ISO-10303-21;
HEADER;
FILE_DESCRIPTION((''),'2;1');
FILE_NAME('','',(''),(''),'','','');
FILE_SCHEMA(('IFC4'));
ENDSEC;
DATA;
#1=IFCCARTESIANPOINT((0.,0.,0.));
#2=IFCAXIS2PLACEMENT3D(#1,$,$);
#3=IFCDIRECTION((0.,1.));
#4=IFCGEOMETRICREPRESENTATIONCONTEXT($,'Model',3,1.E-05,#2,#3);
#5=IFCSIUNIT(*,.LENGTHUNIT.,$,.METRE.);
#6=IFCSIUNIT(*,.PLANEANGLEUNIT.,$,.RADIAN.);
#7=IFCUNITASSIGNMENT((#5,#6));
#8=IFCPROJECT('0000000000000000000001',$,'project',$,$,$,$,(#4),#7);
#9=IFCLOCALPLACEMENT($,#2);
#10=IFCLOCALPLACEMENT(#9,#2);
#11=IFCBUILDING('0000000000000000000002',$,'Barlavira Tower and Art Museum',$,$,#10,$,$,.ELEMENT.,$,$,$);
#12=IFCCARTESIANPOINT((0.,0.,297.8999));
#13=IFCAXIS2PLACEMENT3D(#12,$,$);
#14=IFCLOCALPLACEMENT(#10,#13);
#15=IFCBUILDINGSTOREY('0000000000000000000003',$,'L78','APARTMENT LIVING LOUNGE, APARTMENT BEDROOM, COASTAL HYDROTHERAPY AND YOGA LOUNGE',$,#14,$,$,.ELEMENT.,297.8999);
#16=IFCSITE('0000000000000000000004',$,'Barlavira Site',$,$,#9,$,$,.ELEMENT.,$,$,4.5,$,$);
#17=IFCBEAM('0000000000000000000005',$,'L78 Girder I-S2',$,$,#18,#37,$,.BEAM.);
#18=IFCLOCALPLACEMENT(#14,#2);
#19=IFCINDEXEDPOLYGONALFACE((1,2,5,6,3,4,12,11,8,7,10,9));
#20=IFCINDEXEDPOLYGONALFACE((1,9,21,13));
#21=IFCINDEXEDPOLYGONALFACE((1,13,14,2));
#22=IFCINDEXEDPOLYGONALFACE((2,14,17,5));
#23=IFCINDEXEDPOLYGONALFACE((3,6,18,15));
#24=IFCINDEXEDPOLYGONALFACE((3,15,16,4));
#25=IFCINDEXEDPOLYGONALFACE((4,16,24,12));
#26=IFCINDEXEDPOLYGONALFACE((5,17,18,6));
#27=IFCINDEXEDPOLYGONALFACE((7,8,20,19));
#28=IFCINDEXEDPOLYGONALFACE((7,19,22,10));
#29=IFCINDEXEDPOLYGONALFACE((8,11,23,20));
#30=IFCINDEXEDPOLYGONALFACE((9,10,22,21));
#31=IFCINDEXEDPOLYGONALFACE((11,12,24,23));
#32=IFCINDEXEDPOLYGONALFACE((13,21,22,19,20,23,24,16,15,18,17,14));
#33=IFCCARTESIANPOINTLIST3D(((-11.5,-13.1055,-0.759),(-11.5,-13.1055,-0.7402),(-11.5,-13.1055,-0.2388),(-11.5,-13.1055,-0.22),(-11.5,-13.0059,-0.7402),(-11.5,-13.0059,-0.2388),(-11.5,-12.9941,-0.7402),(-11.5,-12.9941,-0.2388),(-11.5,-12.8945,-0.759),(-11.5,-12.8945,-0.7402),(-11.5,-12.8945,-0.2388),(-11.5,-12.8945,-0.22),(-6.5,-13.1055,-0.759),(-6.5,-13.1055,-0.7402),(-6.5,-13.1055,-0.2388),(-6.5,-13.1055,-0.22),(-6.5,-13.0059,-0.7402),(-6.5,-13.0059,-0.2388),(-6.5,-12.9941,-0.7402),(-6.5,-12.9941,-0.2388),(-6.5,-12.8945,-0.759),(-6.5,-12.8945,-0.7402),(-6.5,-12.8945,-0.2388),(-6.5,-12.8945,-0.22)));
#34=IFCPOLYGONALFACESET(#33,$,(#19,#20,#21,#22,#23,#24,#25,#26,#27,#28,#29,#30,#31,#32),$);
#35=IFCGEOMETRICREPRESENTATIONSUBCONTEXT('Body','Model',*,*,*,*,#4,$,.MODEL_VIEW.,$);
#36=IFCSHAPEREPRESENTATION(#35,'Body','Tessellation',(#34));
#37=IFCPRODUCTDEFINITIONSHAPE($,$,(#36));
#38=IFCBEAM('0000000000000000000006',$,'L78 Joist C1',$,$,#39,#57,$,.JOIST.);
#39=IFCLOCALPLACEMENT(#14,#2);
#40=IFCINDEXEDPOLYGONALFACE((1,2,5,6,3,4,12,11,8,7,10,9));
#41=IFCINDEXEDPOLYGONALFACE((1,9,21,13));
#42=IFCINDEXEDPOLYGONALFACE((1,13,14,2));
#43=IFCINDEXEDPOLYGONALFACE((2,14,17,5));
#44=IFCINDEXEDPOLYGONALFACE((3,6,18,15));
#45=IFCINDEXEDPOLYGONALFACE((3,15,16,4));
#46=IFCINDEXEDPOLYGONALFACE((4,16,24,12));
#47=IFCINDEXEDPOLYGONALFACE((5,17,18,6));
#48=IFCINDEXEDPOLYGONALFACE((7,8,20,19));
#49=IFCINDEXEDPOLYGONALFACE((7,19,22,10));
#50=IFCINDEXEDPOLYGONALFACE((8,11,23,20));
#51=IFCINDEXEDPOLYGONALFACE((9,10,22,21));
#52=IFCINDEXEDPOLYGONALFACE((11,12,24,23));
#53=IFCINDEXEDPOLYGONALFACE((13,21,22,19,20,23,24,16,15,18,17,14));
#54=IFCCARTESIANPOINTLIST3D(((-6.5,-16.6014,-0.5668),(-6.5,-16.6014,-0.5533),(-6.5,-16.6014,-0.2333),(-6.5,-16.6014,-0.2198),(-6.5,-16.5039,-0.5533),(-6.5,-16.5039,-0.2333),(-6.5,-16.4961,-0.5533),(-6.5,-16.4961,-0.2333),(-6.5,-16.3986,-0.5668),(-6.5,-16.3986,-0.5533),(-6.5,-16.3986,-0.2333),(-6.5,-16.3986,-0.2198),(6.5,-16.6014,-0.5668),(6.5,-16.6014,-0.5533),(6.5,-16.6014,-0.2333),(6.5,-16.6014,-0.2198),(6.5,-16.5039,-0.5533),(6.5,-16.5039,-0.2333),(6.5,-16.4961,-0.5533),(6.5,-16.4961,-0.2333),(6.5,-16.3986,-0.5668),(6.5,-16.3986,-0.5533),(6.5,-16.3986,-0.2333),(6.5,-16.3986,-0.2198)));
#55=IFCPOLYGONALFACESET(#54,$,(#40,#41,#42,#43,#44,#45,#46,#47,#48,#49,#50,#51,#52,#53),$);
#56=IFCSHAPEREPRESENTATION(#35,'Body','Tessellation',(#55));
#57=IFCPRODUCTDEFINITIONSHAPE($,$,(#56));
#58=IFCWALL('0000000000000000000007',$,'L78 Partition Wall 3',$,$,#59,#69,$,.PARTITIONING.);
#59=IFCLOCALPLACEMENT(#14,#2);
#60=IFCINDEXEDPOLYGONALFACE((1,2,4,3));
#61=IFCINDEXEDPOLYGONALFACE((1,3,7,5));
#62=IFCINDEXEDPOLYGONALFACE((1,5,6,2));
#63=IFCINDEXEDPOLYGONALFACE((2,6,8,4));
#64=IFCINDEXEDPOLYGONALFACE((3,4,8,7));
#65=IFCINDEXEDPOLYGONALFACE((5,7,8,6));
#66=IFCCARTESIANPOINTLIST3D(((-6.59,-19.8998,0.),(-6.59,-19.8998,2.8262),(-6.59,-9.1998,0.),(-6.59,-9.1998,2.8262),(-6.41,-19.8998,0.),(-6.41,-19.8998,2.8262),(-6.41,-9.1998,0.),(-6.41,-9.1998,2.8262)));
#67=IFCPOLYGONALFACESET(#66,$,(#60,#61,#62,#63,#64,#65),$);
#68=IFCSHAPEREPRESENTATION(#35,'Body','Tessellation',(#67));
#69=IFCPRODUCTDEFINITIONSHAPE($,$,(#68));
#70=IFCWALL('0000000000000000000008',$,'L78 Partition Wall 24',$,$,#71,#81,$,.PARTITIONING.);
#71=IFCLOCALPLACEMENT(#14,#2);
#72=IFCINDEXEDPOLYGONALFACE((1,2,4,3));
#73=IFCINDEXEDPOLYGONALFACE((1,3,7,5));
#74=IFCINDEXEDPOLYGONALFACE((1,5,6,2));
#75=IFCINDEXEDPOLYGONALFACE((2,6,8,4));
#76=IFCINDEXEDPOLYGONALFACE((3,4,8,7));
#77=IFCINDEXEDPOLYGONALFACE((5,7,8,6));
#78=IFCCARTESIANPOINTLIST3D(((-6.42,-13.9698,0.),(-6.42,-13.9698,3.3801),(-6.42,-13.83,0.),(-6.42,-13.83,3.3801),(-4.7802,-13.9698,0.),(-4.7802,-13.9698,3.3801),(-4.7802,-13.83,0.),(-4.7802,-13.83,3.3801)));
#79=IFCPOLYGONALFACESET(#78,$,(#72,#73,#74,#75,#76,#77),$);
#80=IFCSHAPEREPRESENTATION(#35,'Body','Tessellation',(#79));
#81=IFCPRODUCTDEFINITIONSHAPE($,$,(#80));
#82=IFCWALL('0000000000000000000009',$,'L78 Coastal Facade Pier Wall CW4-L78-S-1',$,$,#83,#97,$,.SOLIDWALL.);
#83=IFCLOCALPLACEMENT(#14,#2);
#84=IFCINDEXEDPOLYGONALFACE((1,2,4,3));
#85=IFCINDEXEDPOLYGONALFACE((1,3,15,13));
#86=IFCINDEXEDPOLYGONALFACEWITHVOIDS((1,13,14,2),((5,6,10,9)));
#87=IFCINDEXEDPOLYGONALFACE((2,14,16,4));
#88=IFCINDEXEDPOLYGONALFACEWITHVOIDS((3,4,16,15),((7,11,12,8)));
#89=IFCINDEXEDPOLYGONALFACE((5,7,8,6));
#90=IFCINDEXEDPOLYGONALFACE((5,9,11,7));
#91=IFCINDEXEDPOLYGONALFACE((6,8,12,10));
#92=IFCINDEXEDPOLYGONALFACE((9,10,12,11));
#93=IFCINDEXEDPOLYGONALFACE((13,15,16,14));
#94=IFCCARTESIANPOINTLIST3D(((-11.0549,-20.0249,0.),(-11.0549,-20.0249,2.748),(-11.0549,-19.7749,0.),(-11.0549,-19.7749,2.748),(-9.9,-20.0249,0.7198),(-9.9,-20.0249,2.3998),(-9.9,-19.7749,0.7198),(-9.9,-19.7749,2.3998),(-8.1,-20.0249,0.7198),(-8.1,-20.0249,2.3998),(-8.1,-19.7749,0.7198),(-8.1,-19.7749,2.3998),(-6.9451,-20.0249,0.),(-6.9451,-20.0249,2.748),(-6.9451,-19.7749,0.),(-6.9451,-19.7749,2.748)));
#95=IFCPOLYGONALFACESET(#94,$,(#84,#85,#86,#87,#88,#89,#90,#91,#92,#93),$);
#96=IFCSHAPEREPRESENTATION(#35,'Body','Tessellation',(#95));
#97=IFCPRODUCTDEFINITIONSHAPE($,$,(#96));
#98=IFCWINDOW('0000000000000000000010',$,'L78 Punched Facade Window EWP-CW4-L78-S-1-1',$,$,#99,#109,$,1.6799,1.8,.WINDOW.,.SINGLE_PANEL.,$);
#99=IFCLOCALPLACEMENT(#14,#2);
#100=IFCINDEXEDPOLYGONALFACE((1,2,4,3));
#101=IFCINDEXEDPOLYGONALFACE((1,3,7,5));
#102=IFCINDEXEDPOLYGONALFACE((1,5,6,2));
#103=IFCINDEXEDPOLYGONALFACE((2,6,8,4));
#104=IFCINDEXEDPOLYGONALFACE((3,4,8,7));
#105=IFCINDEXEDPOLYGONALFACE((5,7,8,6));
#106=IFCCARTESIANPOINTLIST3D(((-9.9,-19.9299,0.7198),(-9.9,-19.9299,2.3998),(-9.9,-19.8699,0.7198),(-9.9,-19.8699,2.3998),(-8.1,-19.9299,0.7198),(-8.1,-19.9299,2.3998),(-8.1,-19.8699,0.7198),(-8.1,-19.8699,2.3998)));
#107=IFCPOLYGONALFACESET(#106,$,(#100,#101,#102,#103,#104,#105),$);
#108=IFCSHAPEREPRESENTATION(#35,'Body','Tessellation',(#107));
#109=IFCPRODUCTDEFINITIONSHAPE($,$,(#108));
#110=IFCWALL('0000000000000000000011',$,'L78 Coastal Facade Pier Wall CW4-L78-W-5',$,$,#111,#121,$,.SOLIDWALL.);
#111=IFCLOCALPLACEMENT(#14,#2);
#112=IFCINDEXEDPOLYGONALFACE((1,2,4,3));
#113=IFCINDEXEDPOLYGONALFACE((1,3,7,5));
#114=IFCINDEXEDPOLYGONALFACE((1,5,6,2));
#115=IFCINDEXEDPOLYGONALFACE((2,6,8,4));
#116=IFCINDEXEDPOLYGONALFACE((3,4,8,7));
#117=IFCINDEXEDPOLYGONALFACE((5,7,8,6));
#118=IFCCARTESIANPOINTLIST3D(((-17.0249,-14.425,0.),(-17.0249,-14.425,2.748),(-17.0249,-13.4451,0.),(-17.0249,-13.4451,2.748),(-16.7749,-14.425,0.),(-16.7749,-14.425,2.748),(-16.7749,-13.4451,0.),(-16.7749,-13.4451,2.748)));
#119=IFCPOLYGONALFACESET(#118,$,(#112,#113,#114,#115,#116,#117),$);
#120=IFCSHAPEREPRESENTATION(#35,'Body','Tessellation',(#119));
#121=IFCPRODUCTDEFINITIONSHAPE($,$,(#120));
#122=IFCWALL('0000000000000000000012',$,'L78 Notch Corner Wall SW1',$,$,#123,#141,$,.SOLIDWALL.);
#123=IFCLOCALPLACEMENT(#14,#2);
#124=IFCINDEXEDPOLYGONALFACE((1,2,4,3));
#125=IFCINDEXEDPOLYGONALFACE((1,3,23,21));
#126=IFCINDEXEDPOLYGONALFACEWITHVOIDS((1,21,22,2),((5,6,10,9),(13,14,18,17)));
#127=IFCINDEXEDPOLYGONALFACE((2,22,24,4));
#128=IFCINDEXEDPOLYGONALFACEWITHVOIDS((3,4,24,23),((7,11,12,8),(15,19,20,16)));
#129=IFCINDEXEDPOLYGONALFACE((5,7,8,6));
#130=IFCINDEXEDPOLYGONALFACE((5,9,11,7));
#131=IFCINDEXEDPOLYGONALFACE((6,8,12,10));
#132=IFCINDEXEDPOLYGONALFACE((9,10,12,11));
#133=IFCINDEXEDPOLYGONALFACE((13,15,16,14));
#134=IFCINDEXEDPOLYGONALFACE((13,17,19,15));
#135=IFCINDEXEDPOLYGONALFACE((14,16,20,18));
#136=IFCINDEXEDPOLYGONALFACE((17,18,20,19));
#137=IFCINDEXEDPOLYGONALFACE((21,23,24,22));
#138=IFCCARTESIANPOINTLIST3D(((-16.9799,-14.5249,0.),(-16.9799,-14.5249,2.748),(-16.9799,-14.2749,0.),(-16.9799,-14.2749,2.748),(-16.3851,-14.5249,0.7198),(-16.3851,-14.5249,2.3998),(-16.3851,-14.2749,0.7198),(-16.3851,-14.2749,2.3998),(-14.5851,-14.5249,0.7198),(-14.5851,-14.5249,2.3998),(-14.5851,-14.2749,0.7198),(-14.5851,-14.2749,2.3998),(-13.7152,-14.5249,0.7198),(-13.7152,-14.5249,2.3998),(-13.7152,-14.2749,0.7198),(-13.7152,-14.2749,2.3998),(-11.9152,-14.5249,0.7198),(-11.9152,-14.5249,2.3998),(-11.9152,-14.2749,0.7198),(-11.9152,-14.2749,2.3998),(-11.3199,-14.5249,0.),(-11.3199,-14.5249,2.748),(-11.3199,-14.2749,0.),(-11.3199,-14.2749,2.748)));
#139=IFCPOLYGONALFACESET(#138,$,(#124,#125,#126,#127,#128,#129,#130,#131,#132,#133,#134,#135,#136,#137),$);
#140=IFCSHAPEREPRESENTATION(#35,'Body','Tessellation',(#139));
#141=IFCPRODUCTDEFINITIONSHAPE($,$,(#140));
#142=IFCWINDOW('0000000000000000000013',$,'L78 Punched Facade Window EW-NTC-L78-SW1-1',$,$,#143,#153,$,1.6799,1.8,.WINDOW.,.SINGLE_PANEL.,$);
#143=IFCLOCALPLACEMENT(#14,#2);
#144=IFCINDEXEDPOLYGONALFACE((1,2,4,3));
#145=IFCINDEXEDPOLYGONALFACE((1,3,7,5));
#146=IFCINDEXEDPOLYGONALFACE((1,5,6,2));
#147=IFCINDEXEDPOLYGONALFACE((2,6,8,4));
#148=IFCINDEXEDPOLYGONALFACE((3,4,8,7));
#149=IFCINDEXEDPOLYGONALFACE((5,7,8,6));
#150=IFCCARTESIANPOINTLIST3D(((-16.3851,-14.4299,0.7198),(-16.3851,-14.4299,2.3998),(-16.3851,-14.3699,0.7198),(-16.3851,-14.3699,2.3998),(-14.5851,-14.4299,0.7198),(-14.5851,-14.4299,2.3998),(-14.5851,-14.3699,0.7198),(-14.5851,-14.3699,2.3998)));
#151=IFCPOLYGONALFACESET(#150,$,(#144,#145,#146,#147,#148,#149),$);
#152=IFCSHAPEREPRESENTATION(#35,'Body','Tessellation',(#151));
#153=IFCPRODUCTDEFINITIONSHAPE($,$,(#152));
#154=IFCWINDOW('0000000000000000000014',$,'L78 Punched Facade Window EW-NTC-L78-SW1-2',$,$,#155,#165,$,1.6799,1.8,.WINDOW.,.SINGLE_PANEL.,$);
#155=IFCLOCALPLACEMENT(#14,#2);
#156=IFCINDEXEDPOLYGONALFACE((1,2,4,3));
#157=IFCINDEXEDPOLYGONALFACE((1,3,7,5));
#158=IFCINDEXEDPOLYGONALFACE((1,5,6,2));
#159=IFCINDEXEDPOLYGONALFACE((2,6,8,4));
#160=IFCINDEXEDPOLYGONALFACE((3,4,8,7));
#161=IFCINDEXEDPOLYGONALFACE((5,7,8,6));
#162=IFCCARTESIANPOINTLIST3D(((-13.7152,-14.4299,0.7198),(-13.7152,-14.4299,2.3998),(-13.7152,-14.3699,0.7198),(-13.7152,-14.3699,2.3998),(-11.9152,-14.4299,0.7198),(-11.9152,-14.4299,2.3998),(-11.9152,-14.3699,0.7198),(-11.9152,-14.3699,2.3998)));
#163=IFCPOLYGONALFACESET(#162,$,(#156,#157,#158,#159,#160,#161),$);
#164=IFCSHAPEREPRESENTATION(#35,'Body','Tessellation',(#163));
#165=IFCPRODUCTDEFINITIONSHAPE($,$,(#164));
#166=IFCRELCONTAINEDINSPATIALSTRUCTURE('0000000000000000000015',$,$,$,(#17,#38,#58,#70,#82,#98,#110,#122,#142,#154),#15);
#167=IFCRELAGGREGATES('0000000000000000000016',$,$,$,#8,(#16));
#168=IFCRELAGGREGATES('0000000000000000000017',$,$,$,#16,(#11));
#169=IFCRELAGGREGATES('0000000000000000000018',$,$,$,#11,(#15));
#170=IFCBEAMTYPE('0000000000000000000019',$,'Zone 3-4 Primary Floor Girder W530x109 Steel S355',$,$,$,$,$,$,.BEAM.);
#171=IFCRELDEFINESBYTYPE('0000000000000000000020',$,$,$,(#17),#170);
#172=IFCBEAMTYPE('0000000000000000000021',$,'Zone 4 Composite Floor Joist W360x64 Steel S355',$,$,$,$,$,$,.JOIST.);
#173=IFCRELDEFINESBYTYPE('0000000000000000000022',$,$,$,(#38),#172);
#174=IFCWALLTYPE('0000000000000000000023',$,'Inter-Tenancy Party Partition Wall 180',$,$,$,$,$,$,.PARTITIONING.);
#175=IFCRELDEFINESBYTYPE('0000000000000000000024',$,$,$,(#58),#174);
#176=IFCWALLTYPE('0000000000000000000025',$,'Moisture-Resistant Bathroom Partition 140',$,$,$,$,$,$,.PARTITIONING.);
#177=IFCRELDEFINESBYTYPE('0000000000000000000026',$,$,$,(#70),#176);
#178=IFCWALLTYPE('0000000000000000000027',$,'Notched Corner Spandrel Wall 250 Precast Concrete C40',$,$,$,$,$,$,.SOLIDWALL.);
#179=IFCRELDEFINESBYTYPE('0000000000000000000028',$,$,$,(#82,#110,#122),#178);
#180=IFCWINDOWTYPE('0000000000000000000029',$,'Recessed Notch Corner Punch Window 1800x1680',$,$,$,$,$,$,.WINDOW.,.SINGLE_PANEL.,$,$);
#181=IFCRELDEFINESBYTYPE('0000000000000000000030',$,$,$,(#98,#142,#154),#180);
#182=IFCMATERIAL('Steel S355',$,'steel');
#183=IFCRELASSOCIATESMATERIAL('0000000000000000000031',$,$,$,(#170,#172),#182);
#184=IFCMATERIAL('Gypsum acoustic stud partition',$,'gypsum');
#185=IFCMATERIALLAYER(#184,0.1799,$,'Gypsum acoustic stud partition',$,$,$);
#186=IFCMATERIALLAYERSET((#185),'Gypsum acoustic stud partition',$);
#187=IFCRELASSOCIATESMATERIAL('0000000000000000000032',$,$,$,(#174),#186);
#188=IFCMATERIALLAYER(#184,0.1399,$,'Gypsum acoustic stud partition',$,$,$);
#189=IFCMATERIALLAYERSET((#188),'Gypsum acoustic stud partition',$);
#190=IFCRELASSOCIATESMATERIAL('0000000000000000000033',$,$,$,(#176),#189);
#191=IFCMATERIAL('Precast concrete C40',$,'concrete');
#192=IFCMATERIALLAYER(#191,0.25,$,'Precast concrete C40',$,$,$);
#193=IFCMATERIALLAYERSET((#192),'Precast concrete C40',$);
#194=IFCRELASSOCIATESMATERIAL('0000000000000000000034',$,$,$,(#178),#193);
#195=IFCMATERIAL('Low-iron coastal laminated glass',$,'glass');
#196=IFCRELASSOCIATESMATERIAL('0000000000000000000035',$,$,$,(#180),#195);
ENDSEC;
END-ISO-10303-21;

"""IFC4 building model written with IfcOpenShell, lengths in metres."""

from ifc_helpers import new_model, si_unit, direction, frame, frame_2d, origin, origin_2d, place, context, subcontext, project, spatial, rectangle, i_section, extrude, material, layer, layer_set, material_profile, profile_set, type_object, element, fill, save


model = new_model("IFC4")

# Units and contexts
model_context = context("Model", 3, precision=1e-05, world=origin(), true_north=direction((0.0, 1.0)))
body_context = subcontext(model_context, "Body", "Model", "MODEL_VIEW")
ifc_project = project(units=[si_unit("LENGTHUNIT", "METRE"), si_unit("PLANEANGLEUNIT", "RADIAN")], contexts=[model_context])

# Site, building, storey
site_placement = place(None, origin())
site = spatial("IfcSite", under=ifc_project, at=site_placement, Name="Barlavira Site", CompositionType="ELEMENT", RefElevation=4.5)
building_placement = place(site_placement, origin())
building = spatial("IfcBuilding", under=site, at=building_placement, Name="Barlavira Tower and Art Museum", CompositionType="ELEMENT")
storey_placement = place(building_placement, frame((0.0, 0.0, 297.8999)))
storey = spatial("IfcBuildingStorey", under=building, at=storey_placement, Name="L78", Description="APARTMENT LIVING LOUNGE, APARTMENT BEDROOM, COASTAL HYDROTHERAPY AND YOGA LOUNGE", CompositionType="ELEMENT", Elevation=297.8999)

# Beams
ifc_material_1 = material(Name="Steel S355", Category="steel")
ifc_material_profile_1 = material_profile(ifc_material_1, i_section(OverallWidth=0.2109, OverallDepth=0.5391, WebThickness=0.0117, FlangeThickness=0.0188, at=origin_2d()), Name="W530x109.0")
ifc_profile_set_1 = profile_set([ifc_material_profile_1], Name="Steel S355")
beam_type_1 = type_object("IfcBeamType", Name="Zone 3-4 Primary Floor Girder W530x109 Steel S355", PredefinedType="BEAM", material=ifc_profile_set_1)
beam_1_placement = place(storey_placement, frame((-11.5, -13.0, -0.4895), z_axis=(1.0, 0.0, 0.0), x_axis=(0.0, 1.0, 0.0)))
element("IfcBeam", 1, at=beam_1_placement, inside=storey, type_object=beam_type_1, Name="L78 Girder I-S2", PredefinedType="BEAM", context=body_context, shape_type="SweptSolid", body=[
    extrude(i_section(OverallWidth=0.2109, OverallDepth=0.5391, WebThickness=0.0117, FlangeThickness=0.0188, at=origin_2d()), origin(), (0.0, 0.0, 1.0), 5.0),
])
ifc_material_profile_2 = material_profile(ifc_material_1, i_section(OverallWidth=0.2029, OverallDepth=0.3469, WebThickness=0.0078, FlangeThickness=0.0134, at=origin_2d()), Name="W360x64.0")
ifc_profile_set_2 = profile_set([ifc_material_profile_2], Name="Steel S355")
beam_type_2 = type_object("IfcBeamType", Name="Zone 4 Composite Floor Joist W360x64 Steel S355", PredefinedType="JOIST", material=ifc_profile_set_2)
beam_2_placement = place(storey_placement, frame((-6.5, -16.5, -0.3933), z_axis=(1.0, 0.0, 0.0), x_axis=(0.0, 1.0, 0.0)))
element("IfcBeam", 2, at=beam_2_placement, inside=storey, type_object=beam_type_2, Name="L78 Joist C1", PredefinedType="JOIST", context=body_context, shape_type="SweptSolid", body=[
    extrude(i_section(OverallWidth=0.2029, OverallDepth=0.3469, WebThickness=0.0078, FlangeThickness=0.0134, at=origin_2d()), origin(), (0.0, 0.0, 1.0), 13.0),
])

# Walls
ifc_material_2 = material(Name="Gypsum acoustic stud partition", Category="gypsum")
ifc_layer_1 = layer(ifc_material_2, 0.1799, Name="Gypsum acoustic stud partition")
ifc_layer_set_1 = layer_set([ifc_layer_1], Name="Gypsum acoustic stud partition")
wall_type_1 = type_object("IfcWallType", Name="Inter-Tenancy Party Partition Wall 180", PredefinedType="PARTITIONING", material=ifc_layer_set_1)
wall_1_placement = place(storey_placement, frame((-6.5, -19.8999, 0.0), z_axis=(0.0, 0.0, 1.0), x_axis=(0.0, 1.0, 0.0)))
element("IfcWall", 3, at=wall_1_placement, inside=storey, type_object=wall_type_1, Name="L78 Partition Wall 3", PredefinedType="PARTITIONING", context=body_context, shape_type="SweptSolid", body=[
    extrude(rectangle(XDim=10.7, YDim=0.1799, at=frame_2d((5.3501, 0.0))), origin(), (0.0, 0.0, 1.0), 2.8262),
])
ifc_layer_2 = layer(ifc_material_2, 0.1399, Name="Gypsum acoustic stud partition")
ifc_layer_set_2 = layer_set([ifc_layer_2], Name="Gypsum acoustic stud partition")
wall_type_2 = type_object("IfcWallType", Name="Moisture-Resistant Bathroom Partition 140", PredefinedType="PARTITIONING", material=ifc_layer_set_2)
wall_2_placement = place(storey_placement, frame((-6.4199, -13.8999, 0.0), z_axis=(0.0, 0.0, 1.0), x_axis=(1.0, 0.0, 0.0)))
element("IfcWall", 4, at=wall_2_placement, inside=storey, type_object=wall_type_2, Name="L78 Partition Wall 24", PredefinedType="PARTITIONING", context=body_context, shape_type="SweptSolid", body=[
    extrude(rectangle(XDim=1.6399, YDim=0.1399, at=frame_2d((0.8198, 0.0))), origin(), (0.0, 0.0, 1.0), 3.3801),
])

# Wall, opening, window
ifc_material_3 = material(Name="Precast concrete C40", Category="concrete")
ifc_layer_3 = layer(ifc_material_3, 0.25, Name="Precast concrete C40")
ifc_layer_set_3 = layer_set([ifc_layer_3], Name="Precast concrete C40")
wall_type_3 = type_object("IfcWallType", Name="Notched Corner Spandrel Wall 250 Precast Concrete C40", PredefinedType="SOLIDWALL", material=ifc_layer_set_3)
wall_3_placement = place(storey_placement, frame((-11.0549, -19.8999, 0.0), z_axis=(0.0, 0.0, 1.0), x_axis=(1.0, 0.0, 0.0)))
wall_3 = element("IfcWall", 5, at=wall_3_placement, inside=storey, type_object=wall_type_3, Name="L78 Coastal Facade Pier Wall CW4-L78-S-1", PredefinedType="SOLIDWALL", context=body_context, shape_type="SweptSolid", body=[
    extrude(rectangle(XDim=4.1099, YDim=0.25, at=frame_2d((2.0549, 0.0))), origin(), (0.0, 0.0, 1.0), 2.748),
])
opening_1_placement = place(wall_3_placement, frame((1.155, 0.0, 0.72)))
opening_1 = element("IfcOpeningElement", 6, at=opening_1_placement, cuts=wall_3, PredefinedType="OPENING", context=body_context, shape_type="SweptSolid", body=[
    extrude(rectangle(XDim=1.8, YDim=1.6799, at=frame_2d((0.8999, 0.8398))), frame((0.0, 0.135, 0.0), z_axis=(0.0, -1.0, 0.0), x_axis=(1.0, 0.0, 0.0)), (0.0, 0.0, 1.0), 0.27),
])
ifc_material_4 = material(Name="Low-iron coastal laminated glass", Category="glass")
window_type = type_object("IfcWindowType", Name="Recessed Notch Corner Punch Window 1800x1680", PartitioningType="SINGLE_PANEL", PredefinedType="WINDOW", material=ifc_material_4)
window_1_placement = place(opening_1_placement, origin())
window_1 = element("IfcWindow", 7, at=window_1_placement, inside=storey, type_object=window_type, Name="L78 Punched Facade Window EWP-CW4-L78-S-1-1", OverallHeight=1.6799, OverallWidth=1.8, PartitioningType="SINGLE_PANEL", PredefinedType="WINDOW", context=body_context, shape_type="SweptSolid", body=[
    extrude(rectangle(XDim=1.8, YDim=1.6799, at=frame_2d((0.8999, 0.8398))), frame((0.0, 0.03, 0.0), z_axis=(0.0, -1.0, 0.0), x_axis=(1.0, 0.0, 0.0)), (0.0, 0.0, 1.0), 0.0601),
])
fill(opening_1, window_1)

# Wall
wall_4_placement = place(storey_placement, frame((-16.8999, -13.4451, 0.0), z_axis=(0.0, 0.0, 1.0), x_axis=(0.0, -1.0, 0.0)))
element("IfcWall", 8, at=wall_4_placement, inside=storey, type_object=wall_type_3, Name="L78 Coastal Facade Pier Wall CW4-L78-W-5", PredefinedType="SOLIDWALL", context=body_context, shape_type="SweptSolid", body=[
    extrude(rectangle(XDim=0.98, YDim=0.25, at=frame_2d((0.49, 0.0))), origin(), (0.0, 0.0, 1.0), 2.748),
])

# Wall, openings, windows
wall_5_placement = place(storey_placement, frame((-16.98, -14.3999, 0.0), z_axis=(0.0, 0.0, 1.0), x_axis=(1.0, 0.0, 0.0)))
wall_5 = element("IfcWall", 9, at=wall_5_placement, inside=storey, type_object=wall_type_3, Name="L78 Notch Corner Wall SW1", PredefinedType="SOLIDWALL", context=body_context, shape_type="SweptSolid", body=[
    extrude(rectangle(XDim=5.6599, YDim=0.25, at=frame_2d((2.8301, 0.0))), origin(), (0.0, 0.0, 1.0), 2.748),
])
opening_2_placement = place(wall_5_placement, frame((0.595, 0.0, 0.72)))
opening_2 = element("IfcOpeningElement", 10, at=opening_2_placement, cuts=wall_5, PredefinedType="OPENING", context=body_context, shape_type="SweptSolid", body=[
    extrude(rectangle(XDim=1.8, YDim=1.6799, at=frame_2d((0.8999, 0.8398))), frame((0.0, 0.135, 0.0), z_axis=(0.0, -1.0, 0.0), x_axis=(1.0, 0.0, 0.0)), (0.0, 0.0, 1.0), 0.27),
])
opening_3_placement = place(wall_5_placement, frame((3.2649, 0.0, 0.72)))
opening_3 = element("IfcOpeningElement", 11, at=opening_3_placement, cuts=wall_5, PredefinedType="OPENING", context=body_context, shape_type="SweptSolid", body=[
    extrude(rectangle(XDim=1.8, YDim=1.6799, at=frame_2d((0.8999, 0.8398))), frame((0.0, 0.135, 0.0), z_axis=(0.0, -1.0, 0.0), x_axis=(1.0, 0.0, 0.0)), (0.0, 0.0, 1.0), 0.27),
])
window_2_placement = place(opening_2_placement, origin())
window_2 = element("IfcWindow", 12, at=window_2_placement, inside=storey, type_object=window_type, Name="L78 Punched Facade Window EW-NTC-L78-SW1-1", OverallHeight=1.6799, OverallWidth=1.8, PartitioningType="SINGLE_PANEL", PredefinedType="WINDOW", context=body_context, shape_type="SweptSolid", body=[
    extrude(rectangle(XDim=1.8, YDim=1.6799, at=frame_2d((0.8999, 0.8398))), frame((0.0, 0.03, 0.0), z_axis=(0.0, -1.0, 0.0), x_axis=(1.0, 0.0, 0.0)), (0.0, 0.0, 1.0), 0.0601),
])
fill(opening_2, window_2)
window_3_placement = place(opening_3_placement, origin())
window_3 = element("IfcWindow", 13, at=window_3_placement, inside=storey, type_object=window_type, Name="L78 Punched Facade Window EW-NTC-L78-SW1-2", OverallHeight=1.6799, OverallWidth=1.8, PartitioningType="SINGLE_PANEL", PredefinedType="WINDOW", context=body_context, shape_type="SweptSolid", body=[
    extrude(rectangle(XDim=1.8, YDim=1.6799, at=frame_2d((0.8999, 0.8398))), frame((0.0, 0.03, 0.0), z_axis=(0.0, -1.0, 0.0), x_axis=(1.0, 0.0, 0.0)), (0.0, 0.0, 1.0), 0.0601),
])
fill(opening_3, window_3)

save(model, "model.ifc")
